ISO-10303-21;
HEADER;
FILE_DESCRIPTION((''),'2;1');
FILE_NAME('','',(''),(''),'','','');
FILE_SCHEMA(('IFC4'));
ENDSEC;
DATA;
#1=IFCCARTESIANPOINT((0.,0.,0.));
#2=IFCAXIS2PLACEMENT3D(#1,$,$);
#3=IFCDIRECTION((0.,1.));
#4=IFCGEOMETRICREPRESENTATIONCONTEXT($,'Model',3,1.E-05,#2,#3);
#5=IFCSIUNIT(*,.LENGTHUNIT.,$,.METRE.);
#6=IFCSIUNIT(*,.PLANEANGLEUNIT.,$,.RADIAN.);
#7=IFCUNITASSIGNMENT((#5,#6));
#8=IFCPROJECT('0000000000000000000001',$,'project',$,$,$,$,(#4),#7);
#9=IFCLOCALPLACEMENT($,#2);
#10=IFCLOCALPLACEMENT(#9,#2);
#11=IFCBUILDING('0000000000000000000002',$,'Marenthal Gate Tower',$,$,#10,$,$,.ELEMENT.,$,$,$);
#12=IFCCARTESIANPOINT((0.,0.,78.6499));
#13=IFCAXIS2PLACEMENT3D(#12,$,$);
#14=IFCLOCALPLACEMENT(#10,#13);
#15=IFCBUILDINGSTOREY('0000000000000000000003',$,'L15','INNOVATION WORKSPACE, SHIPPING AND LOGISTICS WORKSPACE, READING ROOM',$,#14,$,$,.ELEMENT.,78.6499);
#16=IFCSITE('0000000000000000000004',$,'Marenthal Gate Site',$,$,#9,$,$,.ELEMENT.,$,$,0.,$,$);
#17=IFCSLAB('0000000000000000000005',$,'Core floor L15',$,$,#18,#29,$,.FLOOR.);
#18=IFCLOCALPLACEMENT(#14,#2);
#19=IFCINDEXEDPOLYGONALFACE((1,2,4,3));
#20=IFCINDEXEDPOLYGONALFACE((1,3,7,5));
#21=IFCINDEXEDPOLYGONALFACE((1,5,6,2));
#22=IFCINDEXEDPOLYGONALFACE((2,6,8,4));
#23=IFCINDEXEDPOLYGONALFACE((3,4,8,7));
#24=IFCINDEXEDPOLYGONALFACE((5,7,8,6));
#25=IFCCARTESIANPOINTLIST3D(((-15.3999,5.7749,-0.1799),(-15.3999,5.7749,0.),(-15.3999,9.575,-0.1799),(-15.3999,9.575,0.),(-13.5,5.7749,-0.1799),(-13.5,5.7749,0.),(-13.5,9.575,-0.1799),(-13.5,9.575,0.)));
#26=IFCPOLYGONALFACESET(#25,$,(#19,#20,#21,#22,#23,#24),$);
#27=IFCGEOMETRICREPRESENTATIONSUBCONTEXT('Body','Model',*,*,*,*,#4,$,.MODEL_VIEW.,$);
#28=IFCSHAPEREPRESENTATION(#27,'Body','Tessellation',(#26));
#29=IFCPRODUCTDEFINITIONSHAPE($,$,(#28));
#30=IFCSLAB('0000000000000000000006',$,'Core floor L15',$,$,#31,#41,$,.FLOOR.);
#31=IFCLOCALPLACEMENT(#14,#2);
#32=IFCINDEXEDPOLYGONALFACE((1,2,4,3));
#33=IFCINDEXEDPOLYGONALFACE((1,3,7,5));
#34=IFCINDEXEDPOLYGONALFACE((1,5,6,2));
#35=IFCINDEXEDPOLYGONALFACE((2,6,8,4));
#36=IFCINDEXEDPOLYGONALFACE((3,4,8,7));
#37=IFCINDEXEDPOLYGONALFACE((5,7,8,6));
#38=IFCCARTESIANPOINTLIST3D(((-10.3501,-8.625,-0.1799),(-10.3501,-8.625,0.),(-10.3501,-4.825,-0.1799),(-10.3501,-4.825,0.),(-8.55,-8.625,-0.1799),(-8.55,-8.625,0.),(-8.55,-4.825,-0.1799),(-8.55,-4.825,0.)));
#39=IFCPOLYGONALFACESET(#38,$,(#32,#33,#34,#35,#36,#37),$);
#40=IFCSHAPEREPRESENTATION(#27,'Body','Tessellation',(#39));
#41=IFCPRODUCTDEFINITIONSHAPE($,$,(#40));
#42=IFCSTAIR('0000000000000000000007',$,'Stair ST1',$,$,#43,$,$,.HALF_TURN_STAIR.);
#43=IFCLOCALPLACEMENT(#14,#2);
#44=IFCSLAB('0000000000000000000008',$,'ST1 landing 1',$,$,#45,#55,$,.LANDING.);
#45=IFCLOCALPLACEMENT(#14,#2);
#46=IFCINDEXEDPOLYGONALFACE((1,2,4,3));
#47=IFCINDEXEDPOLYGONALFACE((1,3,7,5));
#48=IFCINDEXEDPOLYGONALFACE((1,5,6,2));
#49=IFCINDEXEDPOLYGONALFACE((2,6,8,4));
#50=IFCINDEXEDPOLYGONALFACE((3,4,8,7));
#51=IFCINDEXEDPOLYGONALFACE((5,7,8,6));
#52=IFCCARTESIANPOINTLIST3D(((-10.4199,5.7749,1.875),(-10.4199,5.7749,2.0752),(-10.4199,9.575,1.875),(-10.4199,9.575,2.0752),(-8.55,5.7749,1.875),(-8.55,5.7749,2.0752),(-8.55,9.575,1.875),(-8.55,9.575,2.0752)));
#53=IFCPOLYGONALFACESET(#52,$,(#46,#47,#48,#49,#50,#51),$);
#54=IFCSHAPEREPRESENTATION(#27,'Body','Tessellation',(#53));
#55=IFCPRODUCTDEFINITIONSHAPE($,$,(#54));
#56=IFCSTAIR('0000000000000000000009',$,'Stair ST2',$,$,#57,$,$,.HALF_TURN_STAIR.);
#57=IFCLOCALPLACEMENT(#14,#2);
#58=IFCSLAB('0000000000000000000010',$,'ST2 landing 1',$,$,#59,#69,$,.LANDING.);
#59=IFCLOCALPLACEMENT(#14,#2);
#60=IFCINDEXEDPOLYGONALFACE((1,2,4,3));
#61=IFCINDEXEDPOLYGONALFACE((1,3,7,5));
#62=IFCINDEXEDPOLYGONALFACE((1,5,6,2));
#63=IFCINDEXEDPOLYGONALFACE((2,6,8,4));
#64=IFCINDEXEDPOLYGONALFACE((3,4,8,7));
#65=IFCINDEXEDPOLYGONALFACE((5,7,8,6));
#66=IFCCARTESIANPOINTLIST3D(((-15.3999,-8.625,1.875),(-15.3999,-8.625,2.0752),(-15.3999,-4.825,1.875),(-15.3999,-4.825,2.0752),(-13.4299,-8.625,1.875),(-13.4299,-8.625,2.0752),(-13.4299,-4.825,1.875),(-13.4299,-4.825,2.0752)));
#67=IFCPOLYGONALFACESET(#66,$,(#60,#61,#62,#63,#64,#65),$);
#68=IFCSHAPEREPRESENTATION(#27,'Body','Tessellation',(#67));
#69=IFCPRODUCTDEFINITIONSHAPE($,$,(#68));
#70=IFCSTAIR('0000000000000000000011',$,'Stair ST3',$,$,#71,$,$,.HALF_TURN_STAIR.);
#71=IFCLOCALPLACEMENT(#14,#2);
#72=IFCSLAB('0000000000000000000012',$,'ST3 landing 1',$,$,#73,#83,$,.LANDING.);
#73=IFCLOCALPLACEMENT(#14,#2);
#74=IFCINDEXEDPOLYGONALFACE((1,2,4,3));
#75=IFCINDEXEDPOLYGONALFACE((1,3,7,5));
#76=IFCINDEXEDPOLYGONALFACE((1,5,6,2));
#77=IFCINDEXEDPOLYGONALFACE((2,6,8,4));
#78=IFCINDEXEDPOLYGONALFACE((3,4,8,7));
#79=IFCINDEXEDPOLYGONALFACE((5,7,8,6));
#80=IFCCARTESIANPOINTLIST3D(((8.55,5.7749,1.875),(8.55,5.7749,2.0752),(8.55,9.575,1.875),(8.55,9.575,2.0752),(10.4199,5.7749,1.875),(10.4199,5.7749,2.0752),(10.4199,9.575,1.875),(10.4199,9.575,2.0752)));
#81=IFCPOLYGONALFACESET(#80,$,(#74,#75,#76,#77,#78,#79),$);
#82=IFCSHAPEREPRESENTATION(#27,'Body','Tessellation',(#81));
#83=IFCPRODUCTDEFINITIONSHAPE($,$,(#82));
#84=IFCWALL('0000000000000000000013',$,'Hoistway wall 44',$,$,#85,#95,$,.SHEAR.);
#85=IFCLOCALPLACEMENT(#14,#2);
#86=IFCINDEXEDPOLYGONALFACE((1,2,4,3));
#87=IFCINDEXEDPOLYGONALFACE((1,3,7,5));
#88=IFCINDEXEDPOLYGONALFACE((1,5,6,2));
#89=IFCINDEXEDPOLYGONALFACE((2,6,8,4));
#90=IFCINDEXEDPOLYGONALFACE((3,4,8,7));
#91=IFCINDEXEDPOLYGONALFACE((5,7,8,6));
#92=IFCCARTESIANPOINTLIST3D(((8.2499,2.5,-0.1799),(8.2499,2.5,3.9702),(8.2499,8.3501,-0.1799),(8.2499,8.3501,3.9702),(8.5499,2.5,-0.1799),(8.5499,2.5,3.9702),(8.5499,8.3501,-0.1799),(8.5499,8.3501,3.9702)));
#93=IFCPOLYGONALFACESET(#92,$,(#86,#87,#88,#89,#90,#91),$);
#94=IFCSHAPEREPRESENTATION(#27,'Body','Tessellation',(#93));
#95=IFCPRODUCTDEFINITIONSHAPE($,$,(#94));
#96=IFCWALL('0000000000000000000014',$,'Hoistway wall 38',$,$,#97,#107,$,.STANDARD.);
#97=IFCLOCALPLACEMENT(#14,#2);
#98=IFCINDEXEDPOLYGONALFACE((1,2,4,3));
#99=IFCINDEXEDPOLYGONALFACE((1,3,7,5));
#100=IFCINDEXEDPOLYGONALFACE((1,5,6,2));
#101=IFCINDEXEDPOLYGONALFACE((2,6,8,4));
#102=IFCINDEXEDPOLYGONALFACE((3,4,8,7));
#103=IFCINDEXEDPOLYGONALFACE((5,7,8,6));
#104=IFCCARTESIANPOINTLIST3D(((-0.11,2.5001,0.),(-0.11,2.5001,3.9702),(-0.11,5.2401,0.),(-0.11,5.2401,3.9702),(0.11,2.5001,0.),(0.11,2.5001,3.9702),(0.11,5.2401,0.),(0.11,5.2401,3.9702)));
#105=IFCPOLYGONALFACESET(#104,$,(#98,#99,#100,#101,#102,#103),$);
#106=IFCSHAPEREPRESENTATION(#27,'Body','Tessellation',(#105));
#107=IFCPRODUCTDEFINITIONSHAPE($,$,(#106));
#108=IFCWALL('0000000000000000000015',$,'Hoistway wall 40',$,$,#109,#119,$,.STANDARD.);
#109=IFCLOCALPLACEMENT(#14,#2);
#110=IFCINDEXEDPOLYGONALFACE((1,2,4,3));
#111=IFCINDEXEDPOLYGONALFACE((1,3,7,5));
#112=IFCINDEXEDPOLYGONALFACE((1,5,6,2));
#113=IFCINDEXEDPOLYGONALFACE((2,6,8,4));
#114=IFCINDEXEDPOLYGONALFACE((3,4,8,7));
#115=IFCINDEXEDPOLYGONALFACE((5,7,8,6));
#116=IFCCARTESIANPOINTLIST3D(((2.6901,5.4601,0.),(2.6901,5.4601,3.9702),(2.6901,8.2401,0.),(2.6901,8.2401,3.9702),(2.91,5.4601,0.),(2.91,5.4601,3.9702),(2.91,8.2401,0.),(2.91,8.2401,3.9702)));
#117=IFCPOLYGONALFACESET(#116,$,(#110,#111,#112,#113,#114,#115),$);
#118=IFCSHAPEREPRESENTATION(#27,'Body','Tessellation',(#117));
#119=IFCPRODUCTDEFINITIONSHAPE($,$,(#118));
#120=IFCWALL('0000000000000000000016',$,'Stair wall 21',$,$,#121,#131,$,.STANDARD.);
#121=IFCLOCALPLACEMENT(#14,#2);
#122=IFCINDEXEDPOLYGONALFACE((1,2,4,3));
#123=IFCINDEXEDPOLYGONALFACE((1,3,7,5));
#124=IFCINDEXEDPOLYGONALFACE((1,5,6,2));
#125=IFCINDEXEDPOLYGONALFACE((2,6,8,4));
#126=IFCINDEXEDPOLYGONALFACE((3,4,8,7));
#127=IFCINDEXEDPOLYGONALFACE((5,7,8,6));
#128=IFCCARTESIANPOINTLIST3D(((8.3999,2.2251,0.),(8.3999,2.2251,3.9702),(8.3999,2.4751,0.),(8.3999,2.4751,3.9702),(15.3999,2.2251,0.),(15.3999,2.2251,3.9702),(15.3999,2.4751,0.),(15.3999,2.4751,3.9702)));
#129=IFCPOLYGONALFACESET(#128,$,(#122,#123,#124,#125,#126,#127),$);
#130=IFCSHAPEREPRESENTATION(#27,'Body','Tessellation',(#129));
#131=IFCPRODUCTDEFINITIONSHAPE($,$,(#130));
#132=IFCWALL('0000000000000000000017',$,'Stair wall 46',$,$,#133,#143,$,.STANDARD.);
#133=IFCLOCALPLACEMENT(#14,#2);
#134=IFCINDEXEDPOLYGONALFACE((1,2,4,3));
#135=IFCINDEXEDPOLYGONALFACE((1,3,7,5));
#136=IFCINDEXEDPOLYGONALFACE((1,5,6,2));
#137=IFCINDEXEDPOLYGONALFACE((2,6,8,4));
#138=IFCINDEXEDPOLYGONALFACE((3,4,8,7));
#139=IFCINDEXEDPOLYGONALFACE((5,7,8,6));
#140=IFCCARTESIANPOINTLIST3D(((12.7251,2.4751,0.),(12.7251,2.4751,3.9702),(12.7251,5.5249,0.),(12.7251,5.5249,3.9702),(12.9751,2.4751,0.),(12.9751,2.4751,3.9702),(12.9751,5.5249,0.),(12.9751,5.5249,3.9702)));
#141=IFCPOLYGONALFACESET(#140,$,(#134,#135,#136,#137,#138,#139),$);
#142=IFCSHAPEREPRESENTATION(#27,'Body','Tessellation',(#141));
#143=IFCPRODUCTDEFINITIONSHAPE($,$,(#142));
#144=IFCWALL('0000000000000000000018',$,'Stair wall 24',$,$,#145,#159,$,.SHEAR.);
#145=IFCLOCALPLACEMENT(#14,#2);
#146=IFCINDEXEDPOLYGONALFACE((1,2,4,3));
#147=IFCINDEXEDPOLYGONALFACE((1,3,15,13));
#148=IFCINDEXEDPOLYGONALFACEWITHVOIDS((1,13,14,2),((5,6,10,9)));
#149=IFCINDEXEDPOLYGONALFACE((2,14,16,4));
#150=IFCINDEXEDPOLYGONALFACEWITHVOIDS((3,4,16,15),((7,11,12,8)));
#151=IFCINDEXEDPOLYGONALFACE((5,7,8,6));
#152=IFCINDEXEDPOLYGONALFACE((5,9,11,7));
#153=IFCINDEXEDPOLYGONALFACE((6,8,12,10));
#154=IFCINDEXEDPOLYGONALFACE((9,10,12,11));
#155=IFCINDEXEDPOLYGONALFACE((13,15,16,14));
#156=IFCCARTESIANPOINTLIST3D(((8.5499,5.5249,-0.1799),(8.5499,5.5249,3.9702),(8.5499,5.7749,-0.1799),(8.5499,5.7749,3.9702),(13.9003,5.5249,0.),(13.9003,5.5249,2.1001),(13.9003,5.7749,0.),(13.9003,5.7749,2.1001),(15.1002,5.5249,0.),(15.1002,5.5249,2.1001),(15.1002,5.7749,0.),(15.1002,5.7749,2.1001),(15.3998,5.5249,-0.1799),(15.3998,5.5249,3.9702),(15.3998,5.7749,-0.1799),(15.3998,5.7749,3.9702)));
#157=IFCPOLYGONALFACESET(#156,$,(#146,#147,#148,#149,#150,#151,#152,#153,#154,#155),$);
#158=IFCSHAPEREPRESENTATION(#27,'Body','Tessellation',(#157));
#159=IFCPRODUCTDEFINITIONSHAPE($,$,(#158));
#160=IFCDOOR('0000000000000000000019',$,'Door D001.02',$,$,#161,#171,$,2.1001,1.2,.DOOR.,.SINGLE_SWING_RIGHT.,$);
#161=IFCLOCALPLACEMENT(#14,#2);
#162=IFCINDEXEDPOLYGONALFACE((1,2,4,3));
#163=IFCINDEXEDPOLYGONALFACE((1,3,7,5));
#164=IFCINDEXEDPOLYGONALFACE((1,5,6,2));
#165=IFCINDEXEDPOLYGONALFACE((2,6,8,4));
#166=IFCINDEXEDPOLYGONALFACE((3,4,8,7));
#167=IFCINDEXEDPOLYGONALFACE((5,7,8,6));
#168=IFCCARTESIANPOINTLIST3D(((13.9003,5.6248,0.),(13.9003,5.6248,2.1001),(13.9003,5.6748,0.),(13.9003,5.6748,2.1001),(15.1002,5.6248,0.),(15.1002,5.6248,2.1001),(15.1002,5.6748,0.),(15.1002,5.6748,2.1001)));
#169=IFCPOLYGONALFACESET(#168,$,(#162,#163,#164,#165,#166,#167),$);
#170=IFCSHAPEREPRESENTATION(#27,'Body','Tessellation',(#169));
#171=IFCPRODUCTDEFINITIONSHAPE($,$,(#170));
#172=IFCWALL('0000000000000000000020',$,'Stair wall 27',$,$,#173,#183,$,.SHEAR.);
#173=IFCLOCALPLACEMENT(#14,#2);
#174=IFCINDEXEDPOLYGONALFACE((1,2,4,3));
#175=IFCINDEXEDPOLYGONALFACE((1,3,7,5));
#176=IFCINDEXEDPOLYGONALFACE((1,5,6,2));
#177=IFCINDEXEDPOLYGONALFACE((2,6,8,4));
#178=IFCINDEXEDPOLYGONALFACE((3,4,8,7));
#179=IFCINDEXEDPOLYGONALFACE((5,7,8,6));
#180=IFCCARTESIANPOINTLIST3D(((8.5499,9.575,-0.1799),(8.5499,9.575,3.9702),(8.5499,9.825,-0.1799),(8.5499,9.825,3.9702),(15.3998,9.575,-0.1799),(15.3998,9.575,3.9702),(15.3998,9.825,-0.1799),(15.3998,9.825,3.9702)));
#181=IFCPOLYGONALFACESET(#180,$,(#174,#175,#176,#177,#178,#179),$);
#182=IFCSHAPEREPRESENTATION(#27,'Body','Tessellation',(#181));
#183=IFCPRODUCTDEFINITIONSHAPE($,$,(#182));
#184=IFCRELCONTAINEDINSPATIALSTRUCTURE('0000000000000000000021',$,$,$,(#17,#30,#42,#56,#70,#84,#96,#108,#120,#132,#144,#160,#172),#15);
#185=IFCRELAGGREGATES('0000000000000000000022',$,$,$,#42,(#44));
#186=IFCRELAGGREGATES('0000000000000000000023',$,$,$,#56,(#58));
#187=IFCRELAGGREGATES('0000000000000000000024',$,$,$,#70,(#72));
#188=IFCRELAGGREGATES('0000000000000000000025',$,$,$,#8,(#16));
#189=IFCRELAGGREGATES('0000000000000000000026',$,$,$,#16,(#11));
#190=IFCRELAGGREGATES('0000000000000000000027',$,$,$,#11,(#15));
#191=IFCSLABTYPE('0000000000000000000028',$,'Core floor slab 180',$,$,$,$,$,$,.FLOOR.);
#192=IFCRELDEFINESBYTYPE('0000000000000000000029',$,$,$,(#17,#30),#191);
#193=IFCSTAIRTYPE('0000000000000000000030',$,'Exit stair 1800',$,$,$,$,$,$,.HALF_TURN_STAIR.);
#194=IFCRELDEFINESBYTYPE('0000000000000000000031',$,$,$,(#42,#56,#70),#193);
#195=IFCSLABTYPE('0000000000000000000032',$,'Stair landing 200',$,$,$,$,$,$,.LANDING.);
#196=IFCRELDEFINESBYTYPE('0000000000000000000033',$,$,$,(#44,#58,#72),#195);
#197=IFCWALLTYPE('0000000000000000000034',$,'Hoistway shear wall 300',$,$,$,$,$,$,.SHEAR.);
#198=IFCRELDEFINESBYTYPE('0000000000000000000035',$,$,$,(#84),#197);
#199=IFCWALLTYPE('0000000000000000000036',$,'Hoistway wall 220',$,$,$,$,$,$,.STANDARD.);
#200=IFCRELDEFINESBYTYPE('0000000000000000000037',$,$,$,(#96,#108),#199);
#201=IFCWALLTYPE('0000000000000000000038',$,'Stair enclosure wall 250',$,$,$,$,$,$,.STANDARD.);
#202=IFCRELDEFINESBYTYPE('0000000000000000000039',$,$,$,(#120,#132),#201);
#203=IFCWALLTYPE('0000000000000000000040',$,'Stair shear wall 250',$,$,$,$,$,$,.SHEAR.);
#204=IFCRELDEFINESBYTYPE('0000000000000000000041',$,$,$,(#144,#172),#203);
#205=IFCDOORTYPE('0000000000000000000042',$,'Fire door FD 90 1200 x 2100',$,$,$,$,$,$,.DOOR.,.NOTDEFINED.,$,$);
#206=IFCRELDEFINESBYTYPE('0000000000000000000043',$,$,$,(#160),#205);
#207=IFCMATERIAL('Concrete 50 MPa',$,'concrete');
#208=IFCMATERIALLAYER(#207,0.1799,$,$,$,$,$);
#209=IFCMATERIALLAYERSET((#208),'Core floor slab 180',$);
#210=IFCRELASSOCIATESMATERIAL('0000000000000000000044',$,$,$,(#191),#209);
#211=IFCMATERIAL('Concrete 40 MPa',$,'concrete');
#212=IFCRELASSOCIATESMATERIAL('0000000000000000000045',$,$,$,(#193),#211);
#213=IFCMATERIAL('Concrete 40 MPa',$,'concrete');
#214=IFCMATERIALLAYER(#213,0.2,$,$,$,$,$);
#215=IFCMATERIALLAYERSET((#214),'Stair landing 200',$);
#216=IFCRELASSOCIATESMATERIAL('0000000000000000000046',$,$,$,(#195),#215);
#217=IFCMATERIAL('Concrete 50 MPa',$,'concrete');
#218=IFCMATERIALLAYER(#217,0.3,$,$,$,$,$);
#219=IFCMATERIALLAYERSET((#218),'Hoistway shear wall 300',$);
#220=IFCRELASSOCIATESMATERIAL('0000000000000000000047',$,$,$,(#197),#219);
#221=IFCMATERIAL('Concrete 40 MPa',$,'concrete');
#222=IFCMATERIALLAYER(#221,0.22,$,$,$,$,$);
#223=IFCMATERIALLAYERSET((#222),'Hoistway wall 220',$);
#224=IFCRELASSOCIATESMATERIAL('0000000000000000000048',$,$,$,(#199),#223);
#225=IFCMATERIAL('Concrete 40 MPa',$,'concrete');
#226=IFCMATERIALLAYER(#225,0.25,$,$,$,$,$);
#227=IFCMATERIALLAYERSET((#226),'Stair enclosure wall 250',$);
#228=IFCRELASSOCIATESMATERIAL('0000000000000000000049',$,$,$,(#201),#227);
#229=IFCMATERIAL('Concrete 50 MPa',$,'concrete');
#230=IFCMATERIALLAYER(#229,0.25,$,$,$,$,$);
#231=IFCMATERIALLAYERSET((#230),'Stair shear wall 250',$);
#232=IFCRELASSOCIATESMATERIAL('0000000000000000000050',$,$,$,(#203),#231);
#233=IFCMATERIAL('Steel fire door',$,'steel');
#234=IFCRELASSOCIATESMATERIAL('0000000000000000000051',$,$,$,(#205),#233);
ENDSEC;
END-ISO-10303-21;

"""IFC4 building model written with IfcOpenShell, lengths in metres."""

from ifc_helpers import new_model, si_unit, direction, frame, frame_2d, origin, place, context, subcontext, project, spatial, polyline, rectangle, outline, extrude, material, layer, layer_set, type_object, element, fill, aggregate, save


model = new_model("IFC4")

# Units and contexts
model_context = context("Model", 3, precision=1e-05, world=origin(), true_north=direction((0.0, 1.0)))
body_context = subcontext(model_context, "Body", "Model", "MODEL_VIEW")
ifc_project = project(units=[si_unit("LENGTHUNIT", "METRE"), si_unit("PLANEANGLEUNIT", "RADIAN")], contexts=[model_context])

# Site, building, storey
site_placement = place(None, origin())
site = spatial("IfcSite", under=ifc_project, at=site_placement, Name="Marenthal Gate Site", CompositionType="ELEMENT", RefElevation=0.0)
building_placement = place(site_placement, origin())
building = spatial("IfcBuilding", under=site, at=building_placement, Name="Marenthal Gate Tower", CompositionType="ELEMENT")
storey_placement = place(building_placement, frame((0.0, 0.0, 78.6499)))
storey = spatial("IfcBuildingStorey", under=building, at=storey_placement, Name="L15", Description="INNOVATION WORKSPACE, SHIPPING AND LOGISTICS WORKSPACE, READING ROOM", CompositionType="ELEMENT", Elevation=78.6499)

# Slabs
ifc_material_1 = material(Name="Concrete 50 MPa", Category="concrete")
ifc_layer_1 = layer(ifc_material_1, 0.1799)
ifc_layer_set_1 = layer_set([ifc_layer_1], Name="Core floor slab 180")
slab_type_1 = type_object("IfcSlabType", Name="Core floor slab 180", PredefinedType="FLOOR", material=ifc_layer_set_1)
slab_1_placement = place(storey_placement, frame((0.0, 0.0, -0.1799)))
element("IfcSlab", 1, at=slab_1_placement, inside=storey, type_object=slab_type_1, Name="Core floor L15", PredefinedType="FLOOR", context=body_context, shape_type="SweptSolid", body=[
    extrude(outline(polyline([(-15.3999, 9.575), (-13.5, 9.575), (-13.5, 5.7749), (-15.3999, 5.7749), (-15.3999, 9.575)])), origin(), (0.0, 0.0, 1.0), 0.1799),
])
slab_2_placement = place(storey_placement, frame((0.0, 0.0, -0.1799)))
element("IfcSlab", 2, at=slab_2_placement, inside=storey, type_object=slab_type_1, Name="Core floor L15", PredefinedType="FLOOR", context=body_context, shape_type="SweptSolid", body=[
    extrude(outline(polyline([(-8.55, -8.625), (-10.3501, -8.625), (-10.3501, -4.825), (-8.55, -4.825), (-8.55, -8.625)])), origin(), (0.0, 0.0, 1.0), 0.1799),
])

# Stairs, slabs
ifc_material_2 = material(Name="Concrete 40 MPa", Category="concrete")
stair_type = type_object("IfcStairType", Name="Exit stair 1800", PredefinedType="HALF_TURN_STAIR", material=ifc_material_2)
stair_1_placement = place(storey_placement, origin())
stair_1 = element("IfcStair", 3, at=stair_1_placement, inside=storey, type_object=stair_type, Name="Stair ST1", PredefinedType="HALF_TURN_STAIR")
ifc_material_3 = material(Name="Concrete 40 MPa", Category="concrete")
ifc_layer_2 = layer(ifc_material_3, 0.2)
ifc_layer_set_2 = layer_set([ifc_layer_2], Name="Stair landing 200")
slab_type_2 = type_object("IfcSlabType", Name="Stair landing 200", PredefinedType="LANDING", material=ifc_layer_set_2)
slab_3_placement = place(storey_placement, frame((0.0, 0.0, 1.875)))
slab_3 = element("IfcSlab", 4, at=slab_3_placement, type_object=slab_type_2, Name="ST1 landing 1", PredefinedType="LANDING", context=body_context, shape_type="SweptSolid", body=[
    extrude(outline(polyline([(-10.4199, 5.7749), (-8.55, 5.7749), (-8.55, 9.575), (-10.4199, 9.575), (-10.4199, 5.7749)])), origin(), (0.0, 0.0, 1.0), 0.2002),
])
aggregate(stair_1, [slab_3])
stair_2_placement = place(storey_placement, origin())
stair_2 = element("IfcStair", 5, at=stair_2_placement, inside=storey, type_object=stair_type, Name="Stair ST2", PredefinedType="HALF_TURN_STAIR")
slab_4_placement = place(storey_placement, frame((0.0, 0.0, 1.875)))
slab_4 = element("IfcSlab", 6, at=slab_4_placement, type_object=slab_type_2, Name="ST2 landing 1", PredefinedType="LANDING", context=body_context, shape_type="SweptSolid", body=[
    extrude(outline(polyline([(-15.3999, -8.625), (-13.4299, -8.625), (-13.4299, -4.825), (-15.3999, -4.825), (-15.3999, -8.625)])), origin(), (0.0, 0.0, 1.0), 0.2002),
])
aggregate(stair_2, [slab_4])
stair_3_placement = place(storey_placement, origin())
stair_3 = element("IfcStair", 7, at=stair_3_placement, inside=storey, type_object=stair_type, Name="Stair ST3", PredefinedType="HALF_TURN_STAIR")
slab_5_placement = place(storey_placement, frame((0.0, 0.0, 1.875)))
slab_5 = element("IfcSlab", 8, at=slab_5_placement, type_object=slab_type_2, Name="ST3 landing 1", PredefinedType="LANDING", context=body_context, shape_type="SweptSolid", body=[
    extrude(outline(polyline([(8.55, 5.7749), (10.4199, 5.7749), (10.4199, 9.575), (8.55, 9.575), (8.55, 5.7749)])), origin(), (0.0, 0.0, 1.0), 0.2002),
])

# Walls
ifc_material_4 = material(Name="Concrete 50 MPa", Category="concrete")
ifc_layer_3 = layer(ifc_material_4, 0.3)
ifc_layer_set_3 = layer_set([ifc_layer_3], Name="Hoistway shear wall 300")
wall_type_1 = type_object("IfcWallType", Name="Hoistway shear wall 300", PredefinedType="SHEAR", material=ifc_layer_set_3)
wall_1_placement = place(storey_placement, frame((8.3999, 2.5, -0.1799), z_axis=(0.0, 0.0, 1.0), x_axis=(0.0, 1.0, 0.0)))
element("IfcWall", 9, at=wall_1_placement, inside=storey, type_object=wall_type_1, Name="Hoistway wall 44", PredefinedType="SHEAR", context=body_context, shape_type="SweptSolid", body=[
    extrude(rectangle(XDim=5.8501, YDim=0.3, at=frame_2d((2.925, 0.0))), origin(), (0.0, 0.0, 1.0), 4.1501),
])
ifc_material_5 = material(Name="Concrete 40 MPa", Category="concrete")
ifc_layer_4 = layer(ifc_material_5, 0.22)
ifc_layer_set_4 = layer_set([ifc_layer_4], Name="Hoistway wall 220")
wall_type_2 = type_object("IfcWallType", Name="Hoistway wall 220", PredefinedType="STANDARD", material=ifc_layer_set_4)
wall_2_placement = place(storey_placement, frame((0.0, 2.5, 0.0), z_axis=(0.0, 0.0, 1.0), x_axis=(0.0, 1.0, 0.0)))
element("IfcWall", 10, at=wall_2_placement, inside=storey, type_object=wall_type_2, Name="Hoistway wall 38", PredefinedType="STANDARD", context=body_context, shape_type="SweptSolid", body=[
    extrude(rectangle(XDim=2.74, YDim=0.22, at=frame_2d((1.3701, 0.0))), origin(), (0.0, 0.0, 1.0), 3.9702),
])
wall_3_placement = place(storey_placement, frame((2.8, 5.46, 0.0), z_axis=(0.0, 0.0, 1.0), x_axis=(0.0, 1.0, 0.0)))
element("IfcWall", 11, at=wall_3_placement, inside=storey, type_object=wall_type_2, Name="Hoistway wall 40", PredefinedType="STANDARD", context=body_context, shape_type="SweptSolid", body=[
    extrude(rectangle(XDim=2.78, YDim=0.22, at=frame_2d((1.3901, 0.0))), origin(), (0.0, 0.0, 1.0), 3.9702),
])
ifc_material_6 = material(Name="Concrete 40 MPa", Category="concrete")
ifc_layer_5 = layer(ifc_material_6, 0.25)
ifc_layer_set_5 = layer_set([ifc_layer_5], Name="Stair enclosure wall 250")
wall_type_3 = type_object("IfcWallType", Name="Stair enclosure wall 250", PredefinedType="STANDARD", material=ifc_layer_set_5)
wall_4_placement = place(storey_placement, frame((8.3999, 2.3501, 0.0), z_axis=(0.0, 0.0, 1.0), x_axis=(1.0, 0.0, 0.0)))
element("IfcWall", 12, at=wall_4_placement, inside=storey, type_object=wall_type_3, Name="Stair wall 21", PredefinedType="STANDARD", context=body_context, shape_type="SweptSolid", body=[
    extrude(rectangle(XDim=7.0, YDim=0.25, at=frame_2d((3.5, 0.0))), origin(), (0.0, 0.0, 1.0), 3.9702),
])
wall_5_placement = place(storey_placement, frame((12.8501, 2.4751, 0.0), z_axis=(0.0, 0.0, 1.0), x_axis=(0.0, 1.0, 0.0)))
element("IfcWall", 13, at=wall_5_placement, inside=storey, type_object=wall_type_3, Name="Stair wall 46", PredefinedType="STANDARD", context=body_context, shape_type="SweptSolid", body=[
    extrude(rectangle(XDim=3.0498, YDim=0.25, at=frame_2d((1.5249, 0.0))), origin(), (0.0, 0.0, 1.0), 3.9702),
])

# Wall, opening, door
ifc_material_7 = material(Name="Concrete 50 MPa", Category="concrete")
ifc_layer_6 = layer(ifc_material_7, 0.25)
ifc_layer_set_6 = layer_set([ifc_layer_6], Name="Stair shear wall 250")
wall_type_4 = type_object("IfcWallType", Name="Stair shear wall 250", PredefinedType="SHEAR", material=ifc_layer_set_6)
wall_6_placement = place(storey_placement, frame((8.55, 5.6499, -0.1799), z_axis=(0.0, 0.0, 1.0), x_axis=(1.0, 0.0, 0.0)))
wall_6 = element("IfcWall", 14, at=wall_6_placement, inside=storey, type_object=wall_type_4, Name="Stair wall 24", PredefinedType="SHEAR", context=body_context, shape_type="SweptSolid", body=[
    extrude(rectangle(XDim=6.8499, YDim=0.25, at=frame_2d((3.4248, 0.0))), origin(), (0.0, 0.0, 1.0), 4.1501),
])
opening_placement = place(wall_6_placement, frame((5.3501, 0.0, 0.1799)))
opening = element("IfcOpeningElement", 15, at=opening_placement, cuts=wall_6, PredefinedType="OPENING", context=body_context, shape_type="SweptSolid", body=[
    extrude(rectangle(XDim=1.2, YDim=2.1001, at=frame_2d((0.6001, 1.05))), frame((0.0, 0.135, 0.0), z_axis=(0.0, -1.0, 0.0), x_axis=(1.0, 0.0, 0.0)), (0.0, 0.0, 1.0), 0.27),
])
ifc_material_8 = material(Name="Steel fire door", Category="steel")
door_type = type_object("IfcDoorType", Name="Fire door FD 90 1200 x 2100", OperationType="NOTDEFINED", PredefinedType="DOOR", material=ifc_material_8)
door_placement = place(opening_placement, origin())
door = element("IfcDoor", 16, at=door_placement, inside=storey, type_object=door_type, Name="Door D001.02", OperationType="SINGLE_SWING_RIGHT", OverallHeight=2.1001, OverallWidth=1.2, PredefinedType="DOOR", context=body_context, shape_type="SweptSolid", body=[
    extrude(rectangle(XDim=1.2, YDim=2.1001, at=frame_2d((0.6001, 1.05))), frame((0.0, 0.0249, 0.0), z_axis=(0.0, -1.0, 0.0), x_axis=(1.0, 0.0, 0.0)), (0.0, 0.0, 1.0), 0.05),
])
fill(opening, door)

# Wall
wall_7_placement = place(storey_placement, frame((8.55, 9.7, -0.1799), z_axis=(0.0, 0.0, 1.0), x_axis=(1.0, 0.0, 0.0)))
element("IfcWall", 17, at=wall_7_placement, inside=storey, type_object=wall_type_4, Name="Stair wall 27", PredefinedType="SHEAR", context=body_context, shape_type="SweptSolid", body=[
    extrude(rectangle(XDim=6.8499, YDim=0.25, at=frame_2d((3.4248, 0.0))), origin(), (0.0, 0.0, 1.0), 4.1501),
])

aggregate(stair_3, [slab_5])

save(model, "model.ifc")
